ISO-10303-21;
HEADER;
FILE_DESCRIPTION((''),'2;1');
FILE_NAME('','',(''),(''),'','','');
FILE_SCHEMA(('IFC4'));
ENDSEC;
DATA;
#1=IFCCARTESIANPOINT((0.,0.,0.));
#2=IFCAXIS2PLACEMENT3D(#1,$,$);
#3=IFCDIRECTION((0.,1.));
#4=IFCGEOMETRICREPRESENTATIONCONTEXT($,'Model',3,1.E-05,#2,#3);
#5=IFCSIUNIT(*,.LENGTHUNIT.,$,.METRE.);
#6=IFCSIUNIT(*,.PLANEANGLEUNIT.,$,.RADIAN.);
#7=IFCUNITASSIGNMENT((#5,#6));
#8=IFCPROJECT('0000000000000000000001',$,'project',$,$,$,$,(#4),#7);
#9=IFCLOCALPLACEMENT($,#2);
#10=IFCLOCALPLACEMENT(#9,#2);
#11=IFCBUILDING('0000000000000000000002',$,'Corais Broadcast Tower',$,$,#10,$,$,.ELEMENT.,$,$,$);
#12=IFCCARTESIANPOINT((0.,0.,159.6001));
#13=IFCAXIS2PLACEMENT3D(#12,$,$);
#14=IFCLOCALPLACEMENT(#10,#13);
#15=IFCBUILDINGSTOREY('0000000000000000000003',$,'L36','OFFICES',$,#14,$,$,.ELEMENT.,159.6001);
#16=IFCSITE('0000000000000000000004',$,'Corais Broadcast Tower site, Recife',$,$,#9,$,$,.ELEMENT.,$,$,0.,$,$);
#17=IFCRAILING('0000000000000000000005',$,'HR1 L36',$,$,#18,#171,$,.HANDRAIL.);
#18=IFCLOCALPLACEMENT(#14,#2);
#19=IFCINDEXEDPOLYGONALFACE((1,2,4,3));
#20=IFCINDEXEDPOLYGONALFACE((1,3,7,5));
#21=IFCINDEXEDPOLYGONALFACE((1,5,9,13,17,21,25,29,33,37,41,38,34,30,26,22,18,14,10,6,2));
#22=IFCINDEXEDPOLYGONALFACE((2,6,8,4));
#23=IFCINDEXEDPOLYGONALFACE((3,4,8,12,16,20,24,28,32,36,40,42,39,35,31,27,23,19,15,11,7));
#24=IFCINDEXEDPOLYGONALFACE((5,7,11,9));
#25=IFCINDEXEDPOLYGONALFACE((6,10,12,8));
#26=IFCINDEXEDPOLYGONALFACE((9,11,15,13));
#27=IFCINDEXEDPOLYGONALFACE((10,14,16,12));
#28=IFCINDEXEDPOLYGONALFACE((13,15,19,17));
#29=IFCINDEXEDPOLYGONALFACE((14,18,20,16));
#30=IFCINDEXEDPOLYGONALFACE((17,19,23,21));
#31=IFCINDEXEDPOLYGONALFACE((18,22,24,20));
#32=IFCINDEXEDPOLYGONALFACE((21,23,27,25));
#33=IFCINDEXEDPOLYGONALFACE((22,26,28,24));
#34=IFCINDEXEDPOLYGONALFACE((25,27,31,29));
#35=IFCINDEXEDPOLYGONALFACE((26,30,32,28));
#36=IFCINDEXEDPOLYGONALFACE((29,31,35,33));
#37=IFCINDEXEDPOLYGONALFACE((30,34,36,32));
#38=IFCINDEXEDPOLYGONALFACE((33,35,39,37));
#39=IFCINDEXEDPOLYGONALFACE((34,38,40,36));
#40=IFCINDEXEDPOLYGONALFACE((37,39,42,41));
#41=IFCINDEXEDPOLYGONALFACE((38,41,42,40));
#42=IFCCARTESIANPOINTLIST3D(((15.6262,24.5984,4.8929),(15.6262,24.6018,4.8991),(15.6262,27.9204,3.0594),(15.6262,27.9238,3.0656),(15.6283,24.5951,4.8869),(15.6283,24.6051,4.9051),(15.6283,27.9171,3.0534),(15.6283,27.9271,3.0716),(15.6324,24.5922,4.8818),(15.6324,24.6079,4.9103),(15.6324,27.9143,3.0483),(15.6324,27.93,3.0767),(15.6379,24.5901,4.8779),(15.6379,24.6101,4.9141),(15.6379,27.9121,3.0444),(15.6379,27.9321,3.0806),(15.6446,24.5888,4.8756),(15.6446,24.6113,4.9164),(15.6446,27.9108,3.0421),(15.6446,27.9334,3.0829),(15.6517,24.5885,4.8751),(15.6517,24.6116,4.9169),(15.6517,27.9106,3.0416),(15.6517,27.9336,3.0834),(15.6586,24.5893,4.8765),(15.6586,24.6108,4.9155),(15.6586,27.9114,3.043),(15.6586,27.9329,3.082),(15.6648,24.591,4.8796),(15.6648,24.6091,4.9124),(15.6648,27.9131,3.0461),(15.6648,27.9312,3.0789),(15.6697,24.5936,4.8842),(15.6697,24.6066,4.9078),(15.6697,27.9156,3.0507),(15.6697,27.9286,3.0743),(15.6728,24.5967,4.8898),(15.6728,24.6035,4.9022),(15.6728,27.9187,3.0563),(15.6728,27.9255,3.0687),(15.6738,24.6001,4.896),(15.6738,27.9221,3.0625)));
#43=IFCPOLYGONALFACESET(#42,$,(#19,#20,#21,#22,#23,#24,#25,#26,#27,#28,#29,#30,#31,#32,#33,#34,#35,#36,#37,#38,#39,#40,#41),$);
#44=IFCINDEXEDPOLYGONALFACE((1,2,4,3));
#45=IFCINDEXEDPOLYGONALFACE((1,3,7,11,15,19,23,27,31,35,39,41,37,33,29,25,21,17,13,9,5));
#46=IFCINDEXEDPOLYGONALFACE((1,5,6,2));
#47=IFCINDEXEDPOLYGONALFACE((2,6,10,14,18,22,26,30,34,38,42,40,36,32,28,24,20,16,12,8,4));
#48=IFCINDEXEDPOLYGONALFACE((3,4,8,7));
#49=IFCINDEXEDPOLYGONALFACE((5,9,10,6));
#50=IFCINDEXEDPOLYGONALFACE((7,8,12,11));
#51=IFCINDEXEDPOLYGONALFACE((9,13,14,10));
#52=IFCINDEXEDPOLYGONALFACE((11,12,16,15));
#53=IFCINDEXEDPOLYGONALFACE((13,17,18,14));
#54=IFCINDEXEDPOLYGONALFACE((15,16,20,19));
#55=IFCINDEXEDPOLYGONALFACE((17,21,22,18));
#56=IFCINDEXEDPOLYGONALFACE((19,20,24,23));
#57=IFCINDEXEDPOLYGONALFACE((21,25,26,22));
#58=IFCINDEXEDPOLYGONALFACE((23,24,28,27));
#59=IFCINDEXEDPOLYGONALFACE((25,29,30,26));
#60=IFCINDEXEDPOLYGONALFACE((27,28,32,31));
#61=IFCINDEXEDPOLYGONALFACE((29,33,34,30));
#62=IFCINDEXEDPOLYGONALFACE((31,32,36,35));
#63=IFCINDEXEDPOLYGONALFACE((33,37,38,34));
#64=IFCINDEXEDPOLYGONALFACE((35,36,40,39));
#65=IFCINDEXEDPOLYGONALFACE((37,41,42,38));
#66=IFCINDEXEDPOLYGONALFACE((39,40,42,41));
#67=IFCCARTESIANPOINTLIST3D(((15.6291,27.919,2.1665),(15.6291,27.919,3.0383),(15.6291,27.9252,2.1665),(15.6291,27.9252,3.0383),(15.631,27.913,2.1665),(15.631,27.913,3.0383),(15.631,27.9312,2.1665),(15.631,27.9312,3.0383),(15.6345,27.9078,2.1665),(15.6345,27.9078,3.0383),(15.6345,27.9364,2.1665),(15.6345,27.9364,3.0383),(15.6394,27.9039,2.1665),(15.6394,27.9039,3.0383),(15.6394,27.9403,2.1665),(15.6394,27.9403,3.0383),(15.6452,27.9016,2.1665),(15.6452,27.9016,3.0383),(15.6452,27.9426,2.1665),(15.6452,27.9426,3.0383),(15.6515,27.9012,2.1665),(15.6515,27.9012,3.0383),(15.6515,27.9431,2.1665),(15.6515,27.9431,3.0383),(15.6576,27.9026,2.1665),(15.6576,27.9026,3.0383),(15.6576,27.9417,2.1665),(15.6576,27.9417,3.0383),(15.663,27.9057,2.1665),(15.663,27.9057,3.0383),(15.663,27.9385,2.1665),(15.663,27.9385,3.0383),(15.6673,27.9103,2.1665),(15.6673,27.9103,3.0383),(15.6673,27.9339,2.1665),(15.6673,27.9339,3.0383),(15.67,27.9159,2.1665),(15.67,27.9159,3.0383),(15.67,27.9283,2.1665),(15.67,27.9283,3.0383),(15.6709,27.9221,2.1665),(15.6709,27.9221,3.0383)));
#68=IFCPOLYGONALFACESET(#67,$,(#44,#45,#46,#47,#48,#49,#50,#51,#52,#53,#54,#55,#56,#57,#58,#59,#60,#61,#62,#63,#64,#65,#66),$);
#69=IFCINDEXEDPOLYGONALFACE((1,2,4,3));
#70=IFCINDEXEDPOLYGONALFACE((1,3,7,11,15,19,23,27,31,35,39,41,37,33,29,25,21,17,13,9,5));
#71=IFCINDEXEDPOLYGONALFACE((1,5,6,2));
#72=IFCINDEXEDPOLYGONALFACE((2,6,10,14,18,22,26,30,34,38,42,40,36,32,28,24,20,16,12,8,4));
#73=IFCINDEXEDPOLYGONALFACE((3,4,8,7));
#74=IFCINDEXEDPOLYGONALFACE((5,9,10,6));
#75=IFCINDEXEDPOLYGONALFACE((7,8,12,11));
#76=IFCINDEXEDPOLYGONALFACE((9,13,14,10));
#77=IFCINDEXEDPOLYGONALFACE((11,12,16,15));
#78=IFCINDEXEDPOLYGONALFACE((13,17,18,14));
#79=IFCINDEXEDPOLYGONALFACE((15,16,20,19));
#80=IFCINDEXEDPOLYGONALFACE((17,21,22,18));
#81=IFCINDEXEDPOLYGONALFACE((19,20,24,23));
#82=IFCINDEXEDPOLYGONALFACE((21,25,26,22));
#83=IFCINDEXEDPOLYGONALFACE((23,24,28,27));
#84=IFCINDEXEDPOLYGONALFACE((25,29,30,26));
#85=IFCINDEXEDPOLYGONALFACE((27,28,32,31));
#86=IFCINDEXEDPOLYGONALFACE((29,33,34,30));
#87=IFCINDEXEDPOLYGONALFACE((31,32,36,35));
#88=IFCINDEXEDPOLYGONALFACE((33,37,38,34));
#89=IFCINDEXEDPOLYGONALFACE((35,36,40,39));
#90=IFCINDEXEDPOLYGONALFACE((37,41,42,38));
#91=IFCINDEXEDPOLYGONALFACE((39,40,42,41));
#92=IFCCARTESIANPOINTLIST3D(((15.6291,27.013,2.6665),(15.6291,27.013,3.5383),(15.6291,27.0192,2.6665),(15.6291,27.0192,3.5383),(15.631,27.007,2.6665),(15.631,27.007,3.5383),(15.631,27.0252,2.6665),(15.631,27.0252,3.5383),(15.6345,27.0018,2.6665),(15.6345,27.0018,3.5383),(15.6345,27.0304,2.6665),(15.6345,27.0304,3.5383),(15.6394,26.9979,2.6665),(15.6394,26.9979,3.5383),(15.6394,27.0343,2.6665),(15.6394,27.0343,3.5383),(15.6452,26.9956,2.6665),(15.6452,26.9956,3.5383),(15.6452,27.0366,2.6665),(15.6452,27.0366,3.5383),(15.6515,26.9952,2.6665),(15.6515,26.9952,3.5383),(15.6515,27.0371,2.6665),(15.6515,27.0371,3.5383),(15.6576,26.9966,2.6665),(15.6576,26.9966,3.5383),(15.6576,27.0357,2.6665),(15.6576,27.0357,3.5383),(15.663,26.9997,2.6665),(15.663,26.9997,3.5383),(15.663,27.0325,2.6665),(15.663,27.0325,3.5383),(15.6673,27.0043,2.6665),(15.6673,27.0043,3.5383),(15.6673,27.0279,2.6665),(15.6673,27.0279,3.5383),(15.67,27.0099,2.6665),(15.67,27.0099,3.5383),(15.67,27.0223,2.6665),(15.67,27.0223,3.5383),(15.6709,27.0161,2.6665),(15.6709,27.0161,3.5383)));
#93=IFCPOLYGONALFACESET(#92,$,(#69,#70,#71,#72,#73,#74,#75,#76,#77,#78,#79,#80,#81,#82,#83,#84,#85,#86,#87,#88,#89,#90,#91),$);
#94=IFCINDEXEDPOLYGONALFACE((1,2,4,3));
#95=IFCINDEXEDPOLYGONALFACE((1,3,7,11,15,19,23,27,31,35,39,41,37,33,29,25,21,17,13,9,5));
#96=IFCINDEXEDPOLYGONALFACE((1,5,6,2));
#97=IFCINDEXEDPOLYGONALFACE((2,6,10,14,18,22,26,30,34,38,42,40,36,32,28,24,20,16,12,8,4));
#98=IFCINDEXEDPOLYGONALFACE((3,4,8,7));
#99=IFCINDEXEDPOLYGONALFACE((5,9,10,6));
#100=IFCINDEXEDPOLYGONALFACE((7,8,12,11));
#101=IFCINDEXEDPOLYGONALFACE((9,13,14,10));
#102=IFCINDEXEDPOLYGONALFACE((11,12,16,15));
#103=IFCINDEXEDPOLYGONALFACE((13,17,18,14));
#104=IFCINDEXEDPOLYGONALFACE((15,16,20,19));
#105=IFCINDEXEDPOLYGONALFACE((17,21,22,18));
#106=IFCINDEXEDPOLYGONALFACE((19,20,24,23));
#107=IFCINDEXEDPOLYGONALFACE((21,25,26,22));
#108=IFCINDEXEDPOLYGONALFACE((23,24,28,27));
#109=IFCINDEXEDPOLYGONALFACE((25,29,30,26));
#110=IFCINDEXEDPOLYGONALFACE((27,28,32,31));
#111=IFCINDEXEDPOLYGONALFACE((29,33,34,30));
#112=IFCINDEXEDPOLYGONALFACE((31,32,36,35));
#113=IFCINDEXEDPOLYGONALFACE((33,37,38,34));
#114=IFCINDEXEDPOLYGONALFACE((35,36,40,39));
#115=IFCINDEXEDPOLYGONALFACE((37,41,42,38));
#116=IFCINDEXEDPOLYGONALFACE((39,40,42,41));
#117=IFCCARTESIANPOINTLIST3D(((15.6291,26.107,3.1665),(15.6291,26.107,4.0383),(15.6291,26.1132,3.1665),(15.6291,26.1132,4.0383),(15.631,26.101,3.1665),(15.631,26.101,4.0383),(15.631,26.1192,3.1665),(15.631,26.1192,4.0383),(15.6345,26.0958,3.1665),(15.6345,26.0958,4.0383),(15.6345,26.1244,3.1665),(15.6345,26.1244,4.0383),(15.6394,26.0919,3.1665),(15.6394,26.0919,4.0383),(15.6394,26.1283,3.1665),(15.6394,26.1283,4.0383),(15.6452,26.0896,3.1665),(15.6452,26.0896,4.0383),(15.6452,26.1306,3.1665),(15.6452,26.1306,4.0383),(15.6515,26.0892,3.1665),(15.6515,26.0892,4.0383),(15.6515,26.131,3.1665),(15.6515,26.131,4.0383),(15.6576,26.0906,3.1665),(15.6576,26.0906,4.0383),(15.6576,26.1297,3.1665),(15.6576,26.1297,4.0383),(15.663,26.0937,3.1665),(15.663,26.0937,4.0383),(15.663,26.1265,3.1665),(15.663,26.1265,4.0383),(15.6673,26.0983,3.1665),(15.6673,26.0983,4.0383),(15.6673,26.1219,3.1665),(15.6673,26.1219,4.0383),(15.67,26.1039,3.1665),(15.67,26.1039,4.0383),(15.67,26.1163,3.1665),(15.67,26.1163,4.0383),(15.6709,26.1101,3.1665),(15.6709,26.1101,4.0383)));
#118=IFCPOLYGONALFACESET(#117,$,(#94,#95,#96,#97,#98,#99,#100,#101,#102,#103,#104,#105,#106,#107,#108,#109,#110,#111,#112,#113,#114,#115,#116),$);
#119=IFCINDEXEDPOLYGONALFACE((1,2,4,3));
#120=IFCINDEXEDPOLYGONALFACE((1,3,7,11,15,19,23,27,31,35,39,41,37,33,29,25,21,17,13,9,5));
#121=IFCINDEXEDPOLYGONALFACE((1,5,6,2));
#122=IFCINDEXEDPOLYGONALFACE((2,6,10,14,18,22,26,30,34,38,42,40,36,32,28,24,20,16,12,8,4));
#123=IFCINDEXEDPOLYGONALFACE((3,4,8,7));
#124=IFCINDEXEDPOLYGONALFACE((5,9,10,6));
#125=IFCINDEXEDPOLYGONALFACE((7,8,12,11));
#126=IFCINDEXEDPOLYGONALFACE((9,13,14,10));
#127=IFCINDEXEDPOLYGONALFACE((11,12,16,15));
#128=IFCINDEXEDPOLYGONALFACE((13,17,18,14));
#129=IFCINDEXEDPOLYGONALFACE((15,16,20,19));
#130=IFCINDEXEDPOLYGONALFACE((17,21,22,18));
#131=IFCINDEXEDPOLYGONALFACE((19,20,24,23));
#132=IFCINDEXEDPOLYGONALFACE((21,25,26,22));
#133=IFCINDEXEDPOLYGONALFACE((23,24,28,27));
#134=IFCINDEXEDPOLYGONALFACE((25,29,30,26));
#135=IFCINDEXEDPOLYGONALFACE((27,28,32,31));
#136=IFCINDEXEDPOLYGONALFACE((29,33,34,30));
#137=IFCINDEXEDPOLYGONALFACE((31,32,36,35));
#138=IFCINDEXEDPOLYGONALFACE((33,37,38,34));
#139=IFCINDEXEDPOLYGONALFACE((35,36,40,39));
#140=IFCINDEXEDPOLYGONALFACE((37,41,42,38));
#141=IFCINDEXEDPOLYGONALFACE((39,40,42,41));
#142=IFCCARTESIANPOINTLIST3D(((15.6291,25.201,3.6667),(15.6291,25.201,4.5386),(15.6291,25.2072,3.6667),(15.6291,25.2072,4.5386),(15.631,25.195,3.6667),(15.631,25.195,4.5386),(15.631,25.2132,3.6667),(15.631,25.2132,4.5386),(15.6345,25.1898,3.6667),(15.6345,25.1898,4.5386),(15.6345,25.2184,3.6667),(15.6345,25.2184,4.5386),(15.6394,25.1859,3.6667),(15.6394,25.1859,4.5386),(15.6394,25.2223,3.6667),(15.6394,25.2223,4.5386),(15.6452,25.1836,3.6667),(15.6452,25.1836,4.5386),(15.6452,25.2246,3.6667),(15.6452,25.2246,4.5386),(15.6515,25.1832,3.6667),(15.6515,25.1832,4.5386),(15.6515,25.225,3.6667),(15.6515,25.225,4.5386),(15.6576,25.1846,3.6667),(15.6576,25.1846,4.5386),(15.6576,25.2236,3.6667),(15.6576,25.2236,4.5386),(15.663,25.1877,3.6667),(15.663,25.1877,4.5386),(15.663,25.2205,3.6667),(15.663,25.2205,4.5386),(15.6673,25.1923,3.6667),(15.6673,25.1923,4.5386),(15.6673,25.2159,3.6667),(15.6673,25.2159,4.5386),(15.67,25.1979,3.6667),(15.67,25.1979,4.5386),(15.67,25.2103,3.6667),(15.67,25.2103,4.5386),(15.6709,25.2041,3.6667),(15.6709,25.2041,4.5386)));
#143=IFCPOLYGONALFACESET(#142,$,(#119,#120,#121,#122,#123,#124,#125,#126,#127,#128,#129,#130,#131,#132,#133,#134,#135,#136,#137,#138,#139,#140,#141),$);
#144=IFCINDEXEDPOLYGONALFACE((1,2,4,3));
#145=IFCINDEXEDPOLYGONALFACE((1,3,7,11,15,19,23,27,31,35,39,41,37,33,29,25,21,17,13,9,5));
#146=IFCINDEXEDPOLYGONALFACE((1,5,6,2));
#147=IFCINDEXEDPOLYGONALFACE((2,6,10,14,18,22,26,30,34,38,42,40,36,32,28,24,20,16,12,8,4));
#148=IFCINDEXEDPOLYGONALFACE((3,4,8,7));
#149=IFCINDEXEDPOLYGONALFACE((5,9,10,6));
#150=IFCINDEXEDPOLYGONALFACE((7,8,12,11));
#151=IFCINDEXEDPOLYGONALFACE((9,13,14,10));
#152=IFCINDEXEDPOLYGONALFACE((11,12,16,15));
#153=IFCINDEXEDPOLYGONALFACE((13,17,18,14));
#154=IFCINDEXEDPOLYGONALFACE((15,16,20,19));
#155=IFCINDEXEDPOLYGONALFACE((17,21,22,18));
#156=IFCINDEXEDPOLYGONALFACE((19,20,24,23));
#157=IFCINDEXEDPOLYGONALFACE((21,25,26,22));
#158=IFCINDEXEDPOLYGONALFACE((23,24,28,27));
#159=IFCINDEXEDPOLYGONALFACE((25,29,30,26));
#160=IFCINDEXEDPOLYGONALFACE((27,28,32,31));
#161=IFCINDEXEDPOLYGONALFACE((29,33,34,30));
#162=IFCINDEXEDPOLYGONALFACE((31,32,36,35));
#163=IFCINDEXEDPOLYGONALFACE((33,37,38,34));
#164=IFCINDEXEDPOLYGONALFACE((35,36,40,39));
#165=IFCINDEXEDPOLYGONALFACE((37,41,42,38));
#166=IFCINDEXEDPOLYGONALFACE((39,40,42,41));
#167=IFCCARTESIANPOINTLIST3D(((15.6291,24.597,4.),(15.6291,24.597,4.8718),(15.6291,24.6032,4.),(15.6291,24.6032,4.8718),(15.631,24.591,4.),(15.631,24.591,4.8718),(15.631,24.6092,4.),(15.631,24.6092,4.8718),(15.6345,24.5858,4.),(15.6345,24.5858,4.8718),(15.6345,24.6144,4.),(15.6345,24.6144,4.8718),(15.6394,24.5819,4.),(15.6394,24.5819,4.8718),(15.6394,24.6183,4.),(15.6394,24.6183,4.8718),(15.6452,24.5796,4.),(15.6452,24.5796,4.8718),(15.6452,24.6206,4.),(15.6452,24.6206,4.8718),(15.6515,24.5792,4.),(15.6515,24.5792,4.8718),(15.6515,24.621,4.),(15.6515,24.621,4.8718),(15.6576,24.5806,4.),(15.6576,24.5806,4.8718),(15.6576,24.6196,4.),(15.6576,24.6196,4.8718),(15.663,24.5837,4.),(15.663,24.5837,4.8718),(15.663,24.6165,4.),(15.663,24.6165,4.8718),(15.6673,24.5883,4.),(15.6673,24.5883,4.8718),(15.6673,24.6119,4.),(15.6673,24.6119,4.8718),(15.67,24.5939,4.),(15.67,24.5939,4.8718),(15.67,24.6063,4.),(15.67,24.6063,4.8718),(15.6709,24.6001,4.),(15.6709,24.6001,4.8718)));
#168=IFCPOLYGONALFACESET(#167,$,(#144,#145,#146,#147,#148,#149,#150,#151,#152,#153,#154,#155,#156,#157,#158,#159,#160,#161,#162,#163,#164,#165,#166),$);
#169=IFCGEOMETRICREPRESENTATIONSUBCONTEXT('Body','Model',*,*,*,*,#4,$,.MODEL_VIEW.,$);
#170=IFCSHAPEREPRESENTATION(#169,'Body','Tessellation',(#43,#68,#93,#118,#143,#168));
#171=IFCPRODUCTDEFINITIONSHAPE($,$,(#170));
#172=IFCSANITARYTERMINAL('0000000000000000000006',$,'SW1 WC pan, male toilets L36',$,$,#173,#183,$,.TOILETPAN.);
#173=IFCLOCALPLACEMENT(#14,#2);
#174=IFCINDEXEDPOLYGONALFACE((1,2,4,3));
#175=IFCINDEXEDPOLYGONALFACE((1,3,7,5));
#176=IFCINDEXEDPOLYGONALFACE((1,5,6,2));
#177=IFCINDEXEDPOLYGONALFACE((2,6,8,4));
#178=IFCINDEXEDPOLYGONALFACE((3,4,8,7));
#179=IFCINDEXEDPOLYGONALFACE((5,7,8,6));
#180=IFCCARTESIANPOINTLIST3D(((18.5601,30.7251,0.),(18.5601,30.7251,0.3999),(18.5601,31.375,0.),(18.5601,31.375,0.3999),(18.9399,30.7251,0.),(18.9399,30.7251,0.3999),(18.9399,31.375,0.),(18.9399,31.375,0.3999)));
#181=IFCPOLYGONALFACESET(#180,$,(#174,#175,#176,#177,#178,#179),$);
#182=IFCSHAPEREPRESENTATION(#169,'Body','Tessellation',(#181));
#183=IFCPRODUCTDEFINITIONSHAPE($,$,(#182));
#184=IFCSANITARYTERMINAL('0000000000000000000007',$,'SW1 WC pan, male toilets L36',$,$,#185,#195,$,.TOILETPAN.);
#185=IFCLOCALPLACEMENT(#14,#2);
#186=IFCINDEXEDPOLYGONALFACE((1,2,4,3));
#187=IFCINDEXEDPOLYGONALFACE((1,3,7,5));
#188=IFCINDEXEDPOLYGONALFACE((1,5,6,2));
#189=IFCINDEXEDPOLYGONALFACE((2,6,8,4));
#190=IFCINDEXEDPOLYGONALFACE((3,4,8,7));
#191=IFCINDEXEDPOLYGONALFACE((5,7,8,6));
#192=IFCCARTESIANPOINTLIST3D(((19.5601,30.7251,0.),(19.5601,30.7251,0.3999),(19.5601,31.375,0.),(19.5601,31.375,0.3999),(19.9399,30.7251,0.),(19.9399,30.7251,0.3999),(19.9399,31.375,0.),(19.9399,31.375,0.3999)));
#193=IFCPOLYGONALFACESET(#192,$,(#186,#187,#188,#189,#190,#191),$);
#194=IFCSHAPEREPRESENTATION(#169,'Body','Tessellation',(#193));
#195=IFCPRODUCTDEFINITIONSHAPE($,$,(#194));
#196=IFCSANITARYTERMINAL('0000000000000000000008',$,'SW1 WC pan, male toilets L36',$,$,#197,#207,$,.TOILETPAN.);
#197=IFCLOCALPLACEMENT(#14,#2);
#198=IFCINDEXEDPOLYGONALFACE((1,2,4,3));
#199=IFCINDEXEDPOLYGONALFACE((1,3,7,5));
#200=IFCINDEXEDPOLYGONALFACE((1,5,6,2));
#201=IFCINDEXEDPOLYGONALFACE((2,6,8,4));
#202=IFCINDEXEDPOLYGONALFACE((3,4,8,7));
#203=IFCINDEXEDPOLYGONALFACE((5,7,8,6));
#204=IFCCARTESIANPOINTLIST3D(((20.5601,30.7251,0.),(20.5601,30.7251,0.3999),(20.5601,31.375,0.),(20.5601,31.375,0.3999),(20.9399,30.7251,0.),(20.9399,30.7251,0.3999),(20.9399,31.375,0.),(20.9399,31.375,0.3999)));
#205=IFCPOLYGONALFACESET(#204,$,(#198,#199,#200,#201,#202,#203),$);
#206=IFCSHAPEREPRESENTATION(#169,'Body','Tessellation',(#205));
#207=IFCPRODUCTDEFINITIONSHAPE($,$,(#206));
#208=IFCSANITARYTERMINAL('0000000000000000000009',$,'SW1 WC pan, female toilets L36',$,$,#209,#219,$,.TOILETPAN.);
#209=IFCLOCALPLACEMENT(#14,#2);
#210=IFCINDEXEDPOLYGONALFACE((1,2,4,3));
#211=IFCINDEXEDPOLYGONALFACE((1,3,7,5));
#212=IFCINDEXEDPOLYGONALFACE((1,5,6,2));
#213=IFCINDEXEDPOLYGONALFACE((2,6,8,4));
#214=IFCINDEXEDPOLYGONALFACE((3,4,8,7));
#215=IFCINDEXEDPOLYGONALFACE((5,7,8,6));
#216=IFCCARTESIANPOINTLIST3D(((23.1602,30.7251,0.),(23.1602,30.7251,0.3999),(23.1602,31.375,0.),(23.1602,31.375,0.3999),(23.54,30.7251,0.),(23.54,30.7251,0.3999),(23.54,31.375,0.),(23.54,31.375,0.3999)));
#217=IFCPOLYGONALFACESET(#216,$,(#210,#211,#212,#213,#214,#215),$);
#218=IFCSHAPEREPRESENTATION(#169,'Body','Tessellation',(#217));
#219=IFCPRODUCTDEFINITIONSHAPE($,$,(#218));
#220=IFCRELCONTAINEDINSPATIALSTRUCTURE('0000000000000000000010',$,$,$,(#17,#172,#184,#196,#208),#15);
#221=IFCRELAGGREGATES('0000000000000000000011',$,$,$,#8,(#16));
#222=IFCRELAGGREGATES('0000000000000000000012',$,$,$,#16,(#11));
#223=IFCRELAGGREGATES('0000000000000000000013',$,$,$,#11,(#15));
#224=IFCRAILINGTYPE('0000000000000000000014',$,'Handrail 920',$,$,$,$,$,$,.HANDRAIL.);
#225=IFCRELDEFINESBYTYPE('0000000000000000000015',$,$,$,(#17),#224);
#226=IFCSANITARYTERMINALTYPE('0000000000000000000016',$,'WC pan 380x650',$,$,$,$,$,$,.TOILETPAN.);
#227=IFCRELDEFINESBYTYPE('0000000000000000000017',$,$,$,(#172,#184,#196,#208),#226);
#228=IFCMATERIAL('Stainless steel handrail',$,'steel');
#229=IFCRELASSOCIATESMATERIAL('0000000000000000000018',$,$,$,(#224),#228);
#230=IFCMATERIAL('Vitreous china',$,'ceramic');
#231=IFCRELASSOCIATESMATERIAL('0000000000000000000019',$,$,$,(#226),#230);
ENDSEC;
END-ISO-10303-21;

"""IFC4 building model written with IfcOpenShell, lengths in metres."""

from ifc_helpers import new_model, si_unit, direction, frame, origin, origin_2d, place, context, subcontext, project, spatial, rectangle, circle, extrude, material, type_object, element, save


model = new_model("IFC4")

# Units and contexts
model_context = context("Model", 3, precision=1e-05, world=origin(), true_north=direction((0.0, 1.0)))
body_context = subcontext(model_context, "Body", "Model", "MODEL_VIEW")
ifc_project = project(units=[si_unit("LENGTHUNIT", "METRE"), si_unit("PLANEANGLEUNIT", "RADIAN")], contexts=[model_context])

# Site, building, storey
site_placement = place(None, origin())
site = spatial("IfcSite", under=ifc_project, at=site_placement, Name="Corais Broadcast Tower site, Recife", CompositionType="ELEMENT", RefElevation=0.0)
building_placement = place(site_placement, origin())
building = spatial("IfcBuilding", under=site, at=building_placement, Name="Corais Broadcast Tower", CompositionType="ELEMENT")
storey_placement = place(building_placement, frame((0.0, 0.0, 159.6001)))
storey = spatial("IfcBuildingStorey", under=building, at=storey_placement, Name="L36", Description="OFFICES", CompositionType="ELEMENT", Elevation=159.6001)

# Railing
ifc_material_1 = material(Name="Stainless steel handrail", Category="steel")
railing_type = type_object("IfcRailingType", Name="Handrail 920", PredefinedType="HANDRAIL", material=ifc_material_1)
for number, where, name in (
    (1, (15.6499, 27.9221, 2.1665), "HR1 L36"),
):
    element("IfcRailing", number, at=place(storey_placement, frame(where)), inside=storey, type_object=railing_type, Name=name, PredefinedType="HANDRAIL", context=body_context, shape_type="SweptSolid", body=[
        extrude(circle(Radius=0.0239, at=origin_2d()), frame((0.0, 0.0, 0.896), z_axis=(0.0, -0.875504, 0.48321), x_axis=(1.0, 0.0, 0.0)), (0.0, 0.0, 1.0), 3.7944),
        extrude(circle(Radius=0.021, at=origin_2d()), origin(), (0.0, 0.0, 1.0), 0.8718),
        extrude(circle(Radius=0.021, at=origin_2d()), frame((0.0, -0.906, 0.5)), (0.0, 0.0, 1.0), 0.8718),
        extrude(circle(Radius=0.021, at=origin_2d()), frame((0.0, -1.812, 1.0)), (0.0, 0.0, 1.0), 0.8718),
        extrude(circle(Radius=0.021, at=origin_2d()), frame((0.0, -2.718, 1.5002)), (0.0, 0.0, 1.0), 0.8718),
        extrude(circle(Radius=0.021, at=origin_2d()), frame((0.0, -3.322, 1.8335)), (0.0, 0.0, 1.0), 0.8718),
    ])

# Sanitary terminals
ifc_material_2 = material(Name="Vitreous china", Category="ceramic")
sanitary_terminal_type = type_object("IfcSanitaryTerminalType", Name="WC pan 380x650", PredefinedType="TOILETPAN", material=ifc_material_2)
for number, where, z_axis, x_axis, name in (
    (2, (18.75, 31.05, 0.0), (0.0, 0.0, 1.0), (1.0, 0.0, 0.0), "SW1 WC pan, male toilets L36"),
    (3, (19.75, 31.05, 0.0), (0.0, 0.0, 1.0), (1.0, 0.0, 0.0), "SW1 WC pan, male toilets L36"),
    (4, (20.75, 31.05, 0.0), (0.0, 0.0, 1.0), (1.0, 0.0, 0.0), "SW1 WC pan, male toilets L36"),
    (5, (23.3501, 31.05, 0.0), (0.0, 0.0, 1.0), (1.0, 0.0, 0.0), "SW1 WC pan, female toilets L36"),
):
    element("IfcSanitaryTerminal", number, at=place(storey_placement, frame(where, z_axis=z_axis, x_axis=x_axis)), inside=storey, type_object=sanitary_terminal_type, Name=name, PredefinedType="TOILETPAN", context=body_context, shape_type="SweptSolid", body=[
        extrude(rectangle(XDim=0.3799, YDim=0.6499, at=origin_2d()), origin(), (0.0, 0.0, 1.0), 0.3999),
    ])

save(model, "model.ifc")
